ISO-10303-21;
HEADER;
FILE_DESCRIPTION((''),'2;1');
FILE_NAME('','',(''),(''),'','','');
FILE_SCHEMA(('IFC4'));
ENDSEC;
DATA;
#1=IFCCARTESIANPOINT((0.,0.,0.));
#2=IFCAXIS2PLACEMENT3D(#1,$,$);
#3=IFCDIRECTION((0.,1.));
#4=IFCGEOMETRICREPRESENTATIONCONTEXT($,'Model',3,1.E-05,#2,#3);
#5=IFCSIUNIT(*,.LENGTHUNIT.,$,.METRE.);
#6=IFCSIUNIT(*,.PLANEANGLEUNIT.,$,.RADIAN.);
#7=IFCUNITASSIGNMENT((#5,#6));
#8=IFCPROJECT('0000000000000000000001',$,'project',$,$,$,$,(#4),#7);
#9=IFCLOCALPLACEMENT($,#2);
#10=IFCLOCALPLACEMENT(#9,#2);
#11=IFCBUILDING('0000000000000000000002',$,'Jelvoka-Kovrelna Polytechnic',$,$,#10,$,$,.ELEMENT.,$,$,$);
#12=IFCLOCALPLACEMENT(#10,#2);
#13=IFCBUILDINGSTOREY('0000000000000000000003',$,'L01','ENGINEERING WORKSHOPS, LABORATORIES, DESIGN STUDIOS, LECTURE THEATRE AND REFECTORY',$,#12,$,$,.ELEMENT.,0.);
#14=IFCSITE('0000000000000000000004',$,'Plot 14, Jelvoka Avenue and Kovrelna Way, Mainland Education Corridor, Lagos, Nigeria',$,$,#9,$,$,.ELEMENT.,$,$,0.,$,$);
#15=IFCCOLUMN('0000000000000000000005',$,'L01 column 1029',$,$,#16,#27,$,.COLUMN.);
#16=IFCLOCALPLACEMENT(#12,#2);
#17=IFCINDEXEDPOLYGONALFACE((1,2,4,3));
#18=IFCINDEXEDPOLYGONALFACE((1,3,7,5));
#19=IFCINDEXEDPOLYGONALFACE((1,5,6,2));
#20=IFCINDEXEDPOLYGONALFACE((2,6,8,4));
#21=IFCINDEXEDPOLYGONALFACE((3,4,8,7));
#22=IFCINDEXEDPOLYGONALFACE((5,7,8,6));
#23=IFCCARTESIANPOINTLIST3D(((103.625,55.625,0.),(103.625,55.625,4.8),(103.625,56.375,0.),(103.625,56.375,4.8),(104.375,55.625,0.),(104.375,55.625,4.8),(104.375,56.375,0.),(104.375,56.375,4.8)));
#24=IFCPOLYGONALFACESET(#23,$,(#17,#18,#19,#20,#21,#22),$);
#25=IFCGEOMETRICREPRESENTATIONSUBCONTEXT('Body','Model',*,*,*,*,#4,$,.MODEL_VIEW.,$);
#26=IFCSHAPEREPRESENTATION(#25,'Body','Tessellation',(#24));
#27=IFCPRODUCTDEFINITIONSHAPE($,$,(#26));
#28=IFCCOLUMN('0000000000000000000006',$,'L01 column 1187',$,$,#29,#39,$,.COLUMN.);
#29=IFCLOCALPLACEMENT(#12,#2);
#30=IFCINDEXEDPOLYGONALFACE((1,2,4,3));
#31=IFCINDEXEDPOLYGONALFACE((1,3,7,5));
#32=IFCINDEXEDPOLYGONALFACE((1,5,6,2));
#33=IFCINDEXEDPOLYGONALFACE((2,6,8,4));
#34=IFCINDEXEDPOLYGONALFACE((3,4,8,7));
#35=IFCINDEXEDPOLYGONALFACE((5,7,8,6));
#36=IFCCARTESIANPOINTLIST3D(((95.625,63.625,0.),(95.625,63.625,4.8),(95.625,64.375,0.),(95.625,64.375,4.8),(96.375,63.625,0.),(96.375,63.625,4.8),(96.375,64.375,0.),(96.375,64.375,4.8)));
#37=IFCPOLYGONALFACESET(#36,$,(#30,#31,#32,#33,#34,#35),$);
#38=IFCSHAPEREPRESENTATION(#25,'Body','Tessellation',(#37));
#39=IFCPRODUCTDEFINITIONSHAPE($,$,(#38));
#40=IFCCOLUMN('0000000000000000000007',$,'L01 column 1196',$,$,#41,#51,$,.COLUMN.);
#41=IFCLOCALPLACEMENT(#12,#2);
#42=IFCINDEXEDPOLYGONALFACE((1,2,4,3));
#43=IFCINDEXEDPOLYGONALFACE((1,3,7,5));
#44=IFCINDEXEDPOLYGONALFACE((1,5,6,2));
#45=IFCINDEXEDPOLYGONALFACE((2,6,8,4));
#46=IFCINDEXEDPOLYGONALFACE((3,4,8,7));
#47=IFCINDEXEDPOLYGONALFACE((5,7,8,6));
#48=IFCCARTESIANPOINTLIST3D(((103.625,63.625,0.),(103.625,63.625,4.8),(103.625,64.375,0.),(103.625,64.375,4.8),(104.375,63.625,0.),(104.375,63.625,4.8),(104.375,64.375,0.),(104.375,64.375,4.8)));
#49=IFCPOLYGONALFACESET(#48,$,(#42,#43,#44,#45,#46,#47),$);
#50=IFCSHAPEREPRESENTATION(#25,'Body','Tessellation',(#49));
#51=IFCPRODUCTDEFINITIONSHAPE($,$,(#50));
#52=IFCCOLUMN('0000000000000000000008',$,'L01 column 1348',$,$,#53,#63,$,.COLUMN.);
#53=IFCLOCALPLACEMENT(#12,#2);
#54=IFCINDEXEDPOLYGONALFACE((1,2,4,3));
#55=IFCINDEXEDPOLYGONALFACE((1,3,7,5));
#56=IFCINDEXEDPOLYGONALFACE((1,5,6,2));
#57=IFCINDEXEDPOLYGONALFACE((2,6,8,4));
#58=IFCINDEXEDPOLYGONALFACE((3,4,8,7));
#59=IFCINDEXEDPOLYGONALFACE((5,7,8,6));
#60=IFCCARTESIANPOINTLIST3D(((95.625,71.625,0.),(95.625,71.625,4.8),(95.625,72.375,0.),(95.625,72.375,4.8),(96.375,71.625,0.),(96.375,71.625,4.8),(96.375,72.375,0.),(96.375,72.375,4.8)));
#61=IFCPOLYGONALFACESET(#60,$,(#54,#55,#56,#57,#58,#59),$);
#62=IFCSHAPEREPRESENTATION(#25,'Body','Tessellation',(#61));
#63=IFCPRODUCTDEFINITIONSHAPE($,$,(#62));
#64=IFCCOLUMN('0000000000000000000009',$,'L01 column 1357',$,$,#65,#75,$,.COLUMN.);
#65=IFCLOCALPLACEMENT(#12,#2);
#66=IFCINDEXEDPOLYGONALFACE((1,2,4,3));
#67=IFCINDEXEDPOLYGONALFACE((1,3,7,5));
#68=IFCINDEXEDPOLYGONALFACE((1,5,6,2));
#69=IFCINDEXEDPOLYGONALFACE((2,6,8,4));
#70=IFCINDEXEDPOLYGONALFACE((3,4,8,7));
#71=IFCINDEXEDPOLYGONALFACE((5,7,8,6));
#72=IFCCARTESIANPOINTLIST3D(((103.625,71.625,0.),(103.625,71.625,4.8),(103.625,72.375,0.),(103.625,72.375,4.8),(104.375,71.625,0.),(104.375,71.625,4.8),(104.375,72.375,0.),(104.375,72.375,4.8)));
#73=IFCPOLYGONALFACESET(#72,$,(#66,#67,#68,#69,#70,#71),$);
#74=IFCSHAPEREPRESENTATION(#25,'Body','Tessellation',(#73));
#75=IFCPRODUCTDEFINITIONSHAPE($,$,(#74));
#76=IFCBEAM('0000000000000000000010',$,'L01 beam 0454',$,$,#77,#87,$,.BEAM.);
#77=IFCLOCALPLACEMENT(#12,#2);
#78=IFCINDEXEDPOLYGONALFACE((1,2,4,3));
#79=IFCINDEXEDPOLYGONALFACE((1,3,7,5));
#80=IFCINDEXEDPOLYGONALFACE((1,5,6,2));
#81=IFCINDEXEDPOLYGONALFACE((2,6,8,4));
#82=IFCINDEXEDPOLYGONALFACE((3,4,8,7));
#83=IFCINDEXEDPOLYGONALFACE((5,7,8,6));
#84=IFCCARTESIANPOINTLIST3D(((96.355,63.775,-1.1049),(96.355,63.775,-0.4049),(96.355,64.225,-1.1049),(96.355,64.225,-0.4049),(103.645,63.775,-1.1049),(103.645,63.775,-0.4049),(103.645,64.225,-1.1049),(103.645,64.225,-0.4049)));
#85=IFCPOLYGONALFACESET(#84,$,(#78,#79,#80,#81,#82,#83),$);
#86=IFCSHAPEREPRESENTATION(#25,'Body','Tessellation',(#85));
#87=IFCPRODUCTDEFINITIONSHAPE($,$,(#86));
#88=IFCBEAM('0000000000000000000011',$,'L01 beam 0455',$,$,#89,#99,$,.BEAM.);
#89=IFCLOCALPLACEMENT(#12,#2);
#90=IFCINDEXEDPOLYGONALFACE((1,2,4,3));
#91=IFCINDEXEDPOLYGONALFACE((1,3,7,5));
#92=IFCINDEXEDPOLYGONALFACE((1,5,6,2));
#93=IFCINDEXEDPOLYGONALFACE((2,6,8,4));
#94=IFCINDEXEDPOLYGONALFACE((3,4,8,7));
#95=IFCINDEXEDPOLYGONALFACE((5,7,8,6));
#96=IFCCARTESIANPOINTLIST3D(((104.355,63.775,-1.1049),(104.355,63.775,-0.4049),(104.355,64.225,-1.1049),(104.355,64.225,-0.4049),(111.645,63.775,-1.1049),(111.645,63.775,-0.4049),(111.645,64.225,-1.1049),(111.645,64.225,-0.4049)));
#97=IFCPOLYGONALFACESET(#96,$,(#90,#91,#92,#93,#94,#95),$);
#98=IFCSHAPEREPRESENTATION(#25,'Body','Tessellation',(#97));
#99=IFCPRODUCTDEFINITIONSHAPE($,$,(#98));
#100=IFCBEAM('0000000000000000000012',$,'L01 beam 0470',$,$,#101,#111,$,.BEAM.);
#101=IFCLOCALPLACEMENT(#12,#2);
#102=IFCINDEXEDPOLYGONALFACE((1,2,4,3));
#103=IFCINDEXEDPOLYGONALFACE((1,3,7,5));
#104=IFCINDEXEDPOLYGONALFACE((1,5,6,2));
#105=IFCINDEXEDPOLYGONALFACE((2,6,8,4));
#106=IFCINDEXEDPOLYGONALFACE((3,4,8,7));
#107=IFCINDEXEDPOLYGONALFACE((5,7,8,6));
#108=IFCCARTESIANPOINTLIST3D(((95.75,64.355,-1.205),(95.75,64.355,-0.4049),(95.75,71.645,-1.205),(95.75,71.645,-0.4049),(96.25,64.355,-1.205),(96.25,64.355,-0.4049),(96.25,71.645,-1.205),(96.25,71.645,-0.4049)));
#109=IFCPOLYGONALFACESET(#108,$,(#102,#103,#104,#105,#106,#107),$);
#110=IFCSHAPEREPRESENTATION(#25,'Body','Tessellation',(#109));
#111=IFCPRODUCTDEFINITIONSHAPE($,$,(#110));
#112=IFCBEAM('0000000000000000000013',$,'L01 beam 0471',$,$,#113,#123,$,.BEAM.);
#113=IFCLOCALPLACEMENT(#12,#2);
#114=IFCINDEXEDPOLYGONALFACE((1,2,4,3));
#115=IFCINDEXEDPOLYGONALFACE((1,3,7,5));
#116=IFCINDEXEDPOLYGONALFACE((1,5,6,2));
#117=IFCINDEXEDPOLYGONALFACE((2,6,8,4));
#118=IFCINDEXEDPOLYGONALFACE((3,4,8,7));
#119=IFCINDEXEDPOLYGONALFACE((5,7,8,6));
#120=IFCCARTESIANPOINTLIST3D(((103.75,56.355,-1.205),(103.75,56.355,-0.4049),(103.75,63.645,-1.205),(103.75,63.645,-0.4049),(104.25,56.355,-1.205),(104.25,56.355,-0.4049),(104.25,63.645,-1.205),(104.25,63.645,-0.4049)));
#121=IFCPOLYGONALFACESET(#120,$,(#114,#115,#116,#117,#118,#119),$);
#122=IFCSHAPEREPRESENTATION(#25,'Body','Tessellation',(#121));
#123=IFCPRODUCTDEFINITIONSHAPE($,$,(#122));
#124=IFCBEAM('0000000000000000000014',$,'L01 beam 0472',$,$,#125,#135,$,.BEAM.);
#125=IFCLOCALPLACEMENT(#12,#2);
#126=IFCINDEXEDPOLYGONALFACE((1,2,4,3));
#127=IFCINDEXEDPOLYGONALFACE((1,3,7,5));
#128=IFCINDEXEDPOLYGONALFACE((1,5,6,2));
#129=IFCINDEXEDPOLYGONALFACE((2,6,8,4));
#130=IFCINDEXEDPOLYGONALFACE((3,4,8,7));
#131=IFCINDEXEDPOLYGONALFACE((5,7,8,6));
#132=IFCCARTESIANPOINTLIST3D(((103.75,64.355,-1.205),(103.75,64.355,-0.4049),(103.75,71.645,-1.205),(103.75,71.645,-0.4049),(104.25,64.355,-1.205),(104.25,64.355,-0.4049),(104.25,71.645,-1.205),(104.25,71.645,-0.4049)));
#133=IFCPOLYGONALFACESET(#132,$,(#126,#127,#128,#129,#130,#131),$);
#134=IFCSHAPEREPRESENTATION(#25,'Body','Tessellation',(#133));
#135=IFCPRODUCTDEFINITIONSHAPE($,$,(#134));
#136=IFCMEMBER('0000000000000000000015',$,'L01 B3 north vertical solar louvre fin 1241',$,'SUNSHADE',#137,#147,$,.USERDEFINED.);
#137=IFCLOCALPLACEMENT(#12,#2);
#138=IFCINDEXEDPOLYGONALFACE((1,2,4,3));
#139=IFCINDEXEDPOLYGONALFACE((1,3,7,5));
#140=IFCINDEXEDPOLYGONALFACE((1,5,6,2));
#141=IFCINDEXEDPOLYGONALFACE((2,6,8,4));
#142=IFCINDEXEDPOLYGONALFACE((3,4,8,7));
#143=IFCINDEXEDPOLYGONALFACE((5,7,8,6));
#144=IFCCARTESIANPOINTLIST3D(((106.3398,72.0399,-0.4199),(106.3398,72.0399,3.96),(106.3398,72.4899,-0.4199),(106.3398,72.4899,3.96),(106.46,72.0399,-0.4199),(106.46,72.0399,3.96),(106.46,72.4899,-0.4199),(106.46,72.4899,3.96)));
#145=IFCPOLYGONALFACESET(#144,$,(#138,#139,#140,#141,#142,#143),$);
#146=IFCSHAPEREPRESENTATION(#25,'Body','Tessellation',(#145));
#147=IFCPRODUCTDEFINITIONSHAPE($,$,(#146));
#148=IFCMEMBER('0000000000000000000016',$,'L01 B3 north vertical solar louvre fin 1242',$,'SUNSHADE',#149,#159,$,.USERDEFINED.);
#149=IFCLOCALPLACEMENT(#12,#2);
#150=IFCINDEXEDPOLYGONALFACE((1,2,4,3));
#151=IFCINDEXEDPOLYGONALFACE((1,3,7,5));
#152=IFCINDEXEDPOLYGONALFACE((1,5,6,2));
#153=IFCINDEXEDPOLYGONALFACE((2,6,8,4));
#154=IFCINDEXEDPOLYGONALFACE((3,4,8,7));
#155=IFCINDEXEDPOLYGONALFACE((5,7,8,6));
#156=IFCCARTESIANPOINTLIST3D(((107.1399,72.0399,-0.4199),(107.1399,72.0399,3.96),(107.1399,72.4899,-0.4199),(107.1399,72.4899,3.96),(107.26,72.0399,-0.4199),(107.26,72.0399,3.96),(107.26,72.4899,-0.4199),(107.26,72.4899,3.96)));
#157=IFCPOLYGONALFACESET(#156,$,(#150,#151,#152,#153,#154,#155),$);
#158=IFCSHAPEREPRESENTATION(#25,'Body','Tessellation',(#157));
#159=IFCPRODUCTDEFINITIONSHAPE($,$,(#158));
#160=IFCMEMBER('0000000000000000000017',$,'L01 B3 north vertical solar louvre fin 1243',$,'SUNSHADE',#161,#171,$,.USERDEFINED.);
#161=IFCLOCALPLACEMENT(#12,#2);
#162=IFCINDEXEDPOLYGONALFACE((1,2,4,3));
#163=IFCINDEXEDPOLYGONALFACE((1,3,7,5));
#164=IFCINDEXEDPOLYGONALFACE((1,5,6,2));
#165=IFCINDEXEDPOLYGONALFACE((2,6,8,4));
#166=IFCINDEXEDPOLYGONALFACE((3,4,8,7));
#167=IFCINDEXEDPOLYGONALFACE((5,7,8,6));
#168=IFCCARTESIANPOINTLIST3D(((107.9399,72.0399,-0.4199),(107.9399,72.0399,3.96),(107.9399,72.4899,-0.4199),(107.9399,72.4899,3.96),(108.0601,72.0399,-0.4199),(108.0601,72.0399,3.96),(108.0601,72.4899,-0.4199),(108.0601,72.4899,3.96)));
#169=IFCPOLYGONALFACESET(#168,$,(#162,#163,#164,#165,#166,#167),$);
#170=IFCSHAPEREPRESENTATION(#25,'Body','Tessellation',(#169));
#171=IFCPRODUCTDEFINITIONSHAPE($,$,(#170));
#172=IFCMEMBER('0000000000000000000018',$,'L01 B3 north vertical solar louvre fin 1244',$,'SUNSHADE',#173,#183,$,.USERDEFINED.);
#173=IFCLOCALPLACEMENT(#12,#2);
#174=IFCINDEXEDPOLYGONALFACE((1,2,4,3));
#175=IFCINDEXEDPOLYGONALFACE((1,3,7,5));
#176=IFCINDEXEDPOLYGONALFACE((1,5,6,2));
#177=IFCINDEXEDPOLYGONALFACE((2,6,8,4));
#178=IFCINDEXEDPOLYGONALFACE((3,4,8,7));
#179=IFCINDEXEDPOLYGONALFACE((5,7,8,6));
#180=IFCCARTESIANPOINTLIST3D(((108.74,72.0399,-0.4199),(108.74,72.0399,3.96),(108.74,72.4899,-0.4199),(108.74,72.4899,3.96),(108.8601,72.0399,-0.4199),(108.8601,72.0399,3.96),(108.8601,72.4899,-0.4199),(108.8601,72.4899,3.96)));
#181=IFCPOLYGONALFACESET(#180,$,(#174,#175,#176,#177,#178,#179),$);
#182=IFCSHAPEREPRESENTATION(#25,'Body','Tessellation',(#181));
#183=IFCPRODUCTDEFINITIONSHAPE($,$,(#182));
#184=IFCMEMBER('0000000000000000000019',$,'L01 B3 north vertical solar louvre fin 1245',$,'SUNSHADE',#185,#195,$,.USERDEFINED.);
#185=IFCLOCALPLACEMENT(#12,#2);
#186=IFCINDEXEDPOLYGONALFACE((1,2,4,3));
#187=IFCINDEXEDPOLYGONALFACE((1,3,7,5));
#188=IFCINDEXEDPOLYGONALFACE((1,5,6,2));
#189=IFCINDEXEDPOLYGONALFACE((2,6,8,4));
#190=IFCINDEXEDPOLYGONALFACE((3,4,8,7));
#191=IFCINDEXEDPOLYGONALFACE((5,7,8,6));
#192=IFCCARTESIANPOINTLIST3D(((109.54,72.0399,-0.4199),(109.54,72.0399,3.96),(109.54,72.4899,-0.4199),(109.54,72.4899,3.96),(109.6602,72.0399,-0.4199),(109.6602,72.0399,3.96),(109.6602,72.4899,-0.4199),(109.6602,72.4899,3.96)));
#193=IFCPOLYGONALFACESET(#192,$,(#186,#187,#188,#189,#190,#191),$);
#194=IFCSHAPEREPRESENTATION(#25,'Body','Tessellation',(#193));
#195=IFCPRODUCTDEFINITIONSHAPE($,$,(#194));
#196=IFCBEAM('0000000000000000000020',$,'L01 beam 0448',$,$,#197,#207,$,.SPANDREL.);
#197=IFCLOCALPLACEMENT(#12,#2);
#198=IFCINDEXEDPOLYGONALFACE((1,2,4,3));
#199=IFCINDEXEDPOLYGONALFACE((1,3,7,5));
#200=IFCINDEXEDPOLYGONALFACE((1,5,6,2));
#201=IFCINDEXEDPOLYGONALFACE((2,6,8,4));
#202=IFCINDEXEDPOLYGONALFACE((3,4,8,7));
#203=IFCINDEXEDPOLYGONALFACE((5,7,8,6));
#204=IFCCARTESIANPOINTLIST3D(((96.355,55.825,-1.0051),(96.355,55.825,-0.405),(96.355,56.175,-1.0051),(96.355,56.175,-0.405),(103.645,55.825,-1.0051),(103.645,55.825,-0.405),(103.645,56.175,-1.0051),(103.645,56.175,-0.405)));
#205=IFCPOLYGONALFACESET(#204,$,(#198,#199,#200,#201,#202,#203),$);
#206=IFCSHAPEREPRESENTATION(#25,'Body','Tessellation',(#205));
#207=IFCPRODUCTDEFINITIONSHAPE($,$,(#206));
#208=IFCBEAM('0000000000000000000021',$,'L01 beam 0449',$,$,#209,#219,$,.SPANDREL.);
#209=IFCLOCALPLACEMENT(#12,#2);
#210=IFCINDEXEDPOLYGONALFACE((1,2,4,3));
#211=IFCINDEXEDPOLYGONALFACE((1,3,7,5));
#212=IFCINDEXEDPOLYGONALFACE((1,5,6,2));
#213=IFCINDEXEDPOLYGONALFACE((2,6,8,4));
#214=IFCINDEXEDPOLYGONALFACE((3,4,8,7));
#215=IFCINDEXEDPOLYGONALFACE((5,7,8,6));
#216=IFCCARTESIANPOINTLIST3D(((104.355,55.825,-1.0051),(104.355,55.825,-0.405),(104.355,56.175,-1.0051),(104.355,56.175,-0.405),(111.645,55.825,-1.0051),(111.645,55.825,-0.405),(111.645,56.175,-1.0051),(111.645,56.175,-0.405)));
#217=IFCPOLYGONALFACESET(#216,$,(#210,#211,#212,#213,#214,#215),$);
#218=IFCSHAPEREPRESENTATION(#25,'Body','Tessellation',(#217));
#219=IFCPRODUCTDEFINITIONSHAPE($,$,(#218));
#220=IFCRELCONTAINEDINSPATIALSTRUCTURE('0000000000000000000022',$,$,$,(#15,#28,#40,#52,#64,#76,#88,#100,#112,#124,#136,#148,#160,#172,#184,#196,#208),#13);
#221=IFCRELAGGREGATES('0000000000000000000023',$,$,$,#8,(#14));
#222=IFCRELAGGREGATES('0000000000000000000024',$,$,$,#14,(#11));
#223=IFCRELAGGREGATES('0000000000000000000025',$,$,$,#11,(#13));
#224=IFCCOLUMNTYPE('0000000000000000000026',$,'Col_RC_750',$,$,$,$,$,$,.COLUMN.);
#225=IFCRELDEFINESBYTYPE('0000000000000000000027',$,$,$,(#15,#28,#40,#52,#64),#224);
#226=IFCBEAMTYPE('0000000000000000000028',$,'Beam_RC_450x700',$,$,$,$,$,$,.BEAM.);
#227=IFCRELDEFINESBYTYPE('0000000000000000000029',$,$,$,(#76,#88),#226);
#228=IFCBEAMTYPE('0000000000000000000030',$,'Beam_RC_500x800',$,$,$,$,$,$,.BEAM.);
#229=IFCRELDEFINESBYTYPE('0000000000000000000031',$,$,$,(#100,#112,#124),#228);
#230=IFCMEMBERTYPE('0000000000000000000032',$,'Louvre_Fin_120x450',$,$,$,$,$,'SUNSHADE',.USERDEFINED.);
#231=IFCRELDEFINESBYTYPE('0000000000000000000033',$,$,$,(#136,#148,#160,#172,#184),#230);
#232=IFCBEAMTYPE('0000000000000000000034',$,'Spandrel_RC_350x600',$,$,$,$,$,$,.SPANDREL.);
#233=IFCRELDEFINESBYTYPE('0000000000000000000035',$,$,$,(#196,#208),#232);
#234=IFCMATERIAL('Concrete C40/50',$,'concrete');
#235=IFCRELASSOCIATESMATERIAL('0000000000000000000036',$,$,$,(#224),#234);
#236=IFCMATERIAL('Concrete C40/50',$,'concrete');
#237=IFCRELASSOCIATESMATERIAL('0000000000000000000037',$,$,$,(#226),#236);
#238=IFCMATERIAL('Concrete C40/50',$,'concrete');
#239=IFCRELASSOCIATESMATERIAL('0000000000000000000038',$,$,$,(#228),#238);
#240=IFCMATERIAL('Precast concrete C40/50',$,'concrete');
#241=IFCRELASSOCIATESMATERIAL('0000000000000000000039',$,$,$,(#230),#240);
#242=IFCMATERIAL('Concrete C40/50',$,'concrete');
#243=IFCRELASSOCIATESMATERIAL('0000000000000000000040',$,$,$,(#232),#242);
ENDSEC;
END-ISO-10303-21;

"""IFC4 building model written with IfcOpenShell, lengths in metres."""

from ifc_helpers import new_model, si_unit, direction, frame, origin, origin_2d, place, context, subcontext, project, spatial, rectangle, extrude, material, material_profile, profile_set, type_object, element, save


model = new_model("IFC4")

# Units and contexts
model_context = context("Model", 3, precision=1e-05, world=origin(), true_north=direction((0.0, 1.0)))
body_context = subcontext(model_context, "Body", "Model", "MODEL_VIEW")
ifc_project = project(units=[si_unit("LENGTHUNIT", "METRE"), si_unit("PLANEANGLEUNIT", "RADIAN")], contexts=[model_context])

# Site, building, storey
site_placement = place(None, origin())
site = spatial("IfcSite", under=ifc_project, at=site_placement, Name="Plot 14, Jelvoka Avenue and Kovrelna Way, Mainland Education Corridor, Lagos, Nigeria", CompositionType="ELEMENT", RefElevation=0.0)
building_placement = place(site_placement, origin())
building = spatial("IfcBuilding", under=site, at=building_placement, Name="Jelvoka-Kovrelna Polytechnic", CompositionType="ELEMENT")
storey_placement = place(building_placement, origin())
storey = spatial("IfcBuildingStorey", under=building, at=storey_placement, Name="L01", Description="ENGINEERING WORKSHOPS, LABORATORIES, DESIGN STUDIOS, LECTURE THEATRE AND REFECTORY", CompositionType="ELEMENT", Elevation=0.0)

# Columns
ifc_material_1 = material(Name="Concrete C40/50", Category="concrete")
ifc_material_profile_1 = material_profile(ifc_material_1, rectangle(XDim=0.75, YDim=0.75, at=origin_2d()), Name="RC 750x750")
ifc_profile_set_1 = profile_set([ifc_material_profile_1], Name="Concrete C40/50")
column_type = type_object("IfcColumnType", Name="Col_RC_750", PredefinedType="COLUMN", material=ifc_profile_set_1)
for number, where, z_axis, x_axis, name in (
    (1, (104.0, 56.0, 0.0), (0.0, 0.0, 1.0), (1.0, 0.0, 0.0), "L01 column 1029"),
    (2, (96.0, 64.0, 0.0), (0.0, 0.0, 1.0), (1.0, 0.0, 0.0), "L01 column 1187"),
    (3, (104.0, 64.0, 0.0), (0.0, 0.0, 1.0), (1.0, 0.0, 0.0), "L01 column 1196"),
    (4, (96.0, 72.0, 0.0), (0.0, 0.0, 1.0), (1.0, 0.0, 0.0), "L01 column 1348"),
    (5, (104.0, 72.0, 0.0), (0.0, 0.0, 1.0), (1.0, 0.0, 0.0), "L01 column 1357"),
):
    element("IfcColumn", number, at=place(storey_placement, frame(where, z_axis=z_axis, x_axis=x_axis)), inside=storey, type_object=column_type, Name=name, PredefinedType="COLUMN", context=body_context, shape_type="SweptSolid", body=[
        extrude(rectangle(XDim=0.75, YDim=0.75, at=origin_2d()), origin(), (0.0, 0.0, 1.0), 4.8),
    ])

# Beams
ifc_material_2 = material(Name="Concrete C40/50", Category="concrete")
ifc_material_profile_2 = material_profile(ifc_material_2, rectangle(XDim=0.45, YDim=0.7, at=origin_2d()), Name="RC 450x700")
ifc_profile_set_2 = profile_set([ifc_material_profile_2], Name="Concrete C40/50")
beam_type_1 = type_object("IfcBeamType", Name="Beam_RC_450x700", PredefinedType="BEAM", material=ifc_profile_set_2)
for number, where, z_axis, x_axis, name in (
    (6, (96.355, 64.0, -0.7549), (1.0, 0.0, 0.0), (0.0, 1.0, 0.0), "L01 beam 0454"),
    (7, (104.355, 64.0, -0.7549), (1.0, 0.0, 0.0), (0.0, 1.0, 0.0), "L01 beam 0455"),
):
    element("IfcBeam", number, at=place(storey_placement, frame(where, z_axis=z_axis, x_axis=x_axis)), inside=storey, type_object=beam_type_1, Name=name, PredefinedType="BEAM", context=body_context, shape_type="SweptSolid", body=[
        extrude(rectangle(XDim=0.45, YDim=0.7, at=origin_2d()), origin(), (0.0, 0.0, 1.0), 7.29),
    ])
ifc_material_3 = material(Name="Concrete C40/50", Category="concrete")
ifc_material_profile_3 = material_profile(ifc_material_3, rectangle(XDim=0.5, YDim=0.8, at=origin_2d()), Name="RC 500x800")
ifc_profile_set_3 = profile_set([ifc_material_profile_3], Name="Concrete C40/50")
beam_type_2 = type_object("IfcBeamType", Name="Beam_RC_500x800", PredefinedType="BEAM", material=ifc_profile_set_3)
for number, where, z_axis, x_axis, name in (
    (8, (96.0, 64.355, -0.8049), (0.0, 1.0, 0.0), (-1.0, 0.0, 0.0), "L01 beam 0470"),
    (9, (104.0, 56.355, -0.8049), (0.0, 1.0, 0.0), (-1.0, 0.0, 0.0), "L01 beam 0471"),
    (10, (104.0, 64.355, -0.8049), (0.0, 1.0, 0.0), (-1.0, 0.0, 0.0), "L01 beam 0472"),
):
    element("IfcBeam", number, at=place(storey_placement, frame(where, z_axis=z_axis, x_axis=x_axis)), inside=storey, type_object=beam_type_2, Name=name, PredefinedType="BEAM", context=body_context, shape_type="SweptSolid", body=[
        extrude(rectangle(XDim=0.5, YDim=0.8, at=origin_2d()), origin(), (0.0, 0.0, 1.0), 7.29),
    ])

# Members
ifc_material_4 = material(Name="Precast concrete C40/50", Category="concrete")
ifc_material_profile_4 = material_profile(ifc_material_4, rectangle(XDim=0.1201, YDim=0.45, at=origin_2d()), Name="PC 120x450")
ifc_profile_set_4 = profile_set([ifc_material_profile_4], Name="Precast concrete C40/50")
member_type = type_object("IfcMemberType", Name="Louvre_Fin_120x450", ElementType="SUNSHADE", PredefinedType="USERDEFINED", material=ifc_profile_set_4)
for number, where, z_axis, x_axis, name in (
    (11, (106.3999, 72.2649, -0.4199), (0.0, 0.0, 1.0), (1.0, 0.0, 0.0), "L01 B3 north vertical solar louvre fin 1241"),
    (12, (107.2, 72.2649, -0.4199), (0.0, 0.0, 1.0), (1.0, 0.0, 0.0), "L01 B3 north vertical solar louvre fin 1242"),
    (13, (108.0, 72.2649, -0.4199), (0.0, 0.0, 1.0), (1.0, 0.0, 0.0), "L01 B3 north vertical solar louvre fin 1243"),
    (14, (108.8, 72.2649, -0.4199), (0.0, 0.0, 1.0), (1.0, 0.0, 0.0), "L01 B3 north vertical solar louvre fin 1244"),
    (15, (109.6001, 72.2649, -0.4199), (0.0, 0.0, 1.0), (1.0, 0.0, 0.0), "L01 B3 north vertical solar louvre fin 1245"),
):
    element("IfcMember", number, at=place(storey_placement, frame(where, z_axis=z_axis, x_axis=x_axis)), inside=storey, type_object=member_type, Name=name, ObjectType="SUNSHADE", PredefinedType="USERDEFINED", context=body_context, shape_type="SweptSolid", body=[
        extrude(rectangle(XDim=0.1201, YDim=0.45, at=origin_2d()), origin(), (0.0, 0.0, 1.0), 4.3799),
    ])

# Beams
ifc_material_5 = material(Name="Concrete C40/50", Category="concrete")
ifc_material_profile_5 = material_profile(ifc_material_5, rectangle(XDim=0.3501, YDim=0.6001, at=origin_2d()), Name="RC 350x600")
ifc_profile_set_5 = profile_set([ifc_material_profile_5], Name="Concrete C40/50")
beam_type_3 = type_object("IfcBeamType", Name="Spandrel_RC_350x600", PredefinedType="SPANDREL", material=ifc_profile_set_5)
for number, where, z_axis, x_axis, name in (
    (16, (96.355, 56.0, -0.7051), (1.0, 0.0, 0.0), (0.0, 1.0, 0.0), "L01 beam 0448"),
    (17, (104.355, 56.0, -0.7051), (1.0, 0.0, 0.0), (0.0, 1.0, 0.0), "L01 beam 0449"),
):
    element("IfcBeam", number, at=place(storey_placement, frame(where, z_axis=z_axis, x_axis=x_axis)), inside=storey, type_object=beam_type_3, Name=name, PredefinedType="SPANDREL", context=body_context, shape_type="SweptSolid", body=[
        extrude(rectangle(XDim=0.3501, YDim=0.6001, at=origin_2d()), origin(), (0.0, 0.0, 1.0), 7.29),
    ])

save(model, "model.ifc")
